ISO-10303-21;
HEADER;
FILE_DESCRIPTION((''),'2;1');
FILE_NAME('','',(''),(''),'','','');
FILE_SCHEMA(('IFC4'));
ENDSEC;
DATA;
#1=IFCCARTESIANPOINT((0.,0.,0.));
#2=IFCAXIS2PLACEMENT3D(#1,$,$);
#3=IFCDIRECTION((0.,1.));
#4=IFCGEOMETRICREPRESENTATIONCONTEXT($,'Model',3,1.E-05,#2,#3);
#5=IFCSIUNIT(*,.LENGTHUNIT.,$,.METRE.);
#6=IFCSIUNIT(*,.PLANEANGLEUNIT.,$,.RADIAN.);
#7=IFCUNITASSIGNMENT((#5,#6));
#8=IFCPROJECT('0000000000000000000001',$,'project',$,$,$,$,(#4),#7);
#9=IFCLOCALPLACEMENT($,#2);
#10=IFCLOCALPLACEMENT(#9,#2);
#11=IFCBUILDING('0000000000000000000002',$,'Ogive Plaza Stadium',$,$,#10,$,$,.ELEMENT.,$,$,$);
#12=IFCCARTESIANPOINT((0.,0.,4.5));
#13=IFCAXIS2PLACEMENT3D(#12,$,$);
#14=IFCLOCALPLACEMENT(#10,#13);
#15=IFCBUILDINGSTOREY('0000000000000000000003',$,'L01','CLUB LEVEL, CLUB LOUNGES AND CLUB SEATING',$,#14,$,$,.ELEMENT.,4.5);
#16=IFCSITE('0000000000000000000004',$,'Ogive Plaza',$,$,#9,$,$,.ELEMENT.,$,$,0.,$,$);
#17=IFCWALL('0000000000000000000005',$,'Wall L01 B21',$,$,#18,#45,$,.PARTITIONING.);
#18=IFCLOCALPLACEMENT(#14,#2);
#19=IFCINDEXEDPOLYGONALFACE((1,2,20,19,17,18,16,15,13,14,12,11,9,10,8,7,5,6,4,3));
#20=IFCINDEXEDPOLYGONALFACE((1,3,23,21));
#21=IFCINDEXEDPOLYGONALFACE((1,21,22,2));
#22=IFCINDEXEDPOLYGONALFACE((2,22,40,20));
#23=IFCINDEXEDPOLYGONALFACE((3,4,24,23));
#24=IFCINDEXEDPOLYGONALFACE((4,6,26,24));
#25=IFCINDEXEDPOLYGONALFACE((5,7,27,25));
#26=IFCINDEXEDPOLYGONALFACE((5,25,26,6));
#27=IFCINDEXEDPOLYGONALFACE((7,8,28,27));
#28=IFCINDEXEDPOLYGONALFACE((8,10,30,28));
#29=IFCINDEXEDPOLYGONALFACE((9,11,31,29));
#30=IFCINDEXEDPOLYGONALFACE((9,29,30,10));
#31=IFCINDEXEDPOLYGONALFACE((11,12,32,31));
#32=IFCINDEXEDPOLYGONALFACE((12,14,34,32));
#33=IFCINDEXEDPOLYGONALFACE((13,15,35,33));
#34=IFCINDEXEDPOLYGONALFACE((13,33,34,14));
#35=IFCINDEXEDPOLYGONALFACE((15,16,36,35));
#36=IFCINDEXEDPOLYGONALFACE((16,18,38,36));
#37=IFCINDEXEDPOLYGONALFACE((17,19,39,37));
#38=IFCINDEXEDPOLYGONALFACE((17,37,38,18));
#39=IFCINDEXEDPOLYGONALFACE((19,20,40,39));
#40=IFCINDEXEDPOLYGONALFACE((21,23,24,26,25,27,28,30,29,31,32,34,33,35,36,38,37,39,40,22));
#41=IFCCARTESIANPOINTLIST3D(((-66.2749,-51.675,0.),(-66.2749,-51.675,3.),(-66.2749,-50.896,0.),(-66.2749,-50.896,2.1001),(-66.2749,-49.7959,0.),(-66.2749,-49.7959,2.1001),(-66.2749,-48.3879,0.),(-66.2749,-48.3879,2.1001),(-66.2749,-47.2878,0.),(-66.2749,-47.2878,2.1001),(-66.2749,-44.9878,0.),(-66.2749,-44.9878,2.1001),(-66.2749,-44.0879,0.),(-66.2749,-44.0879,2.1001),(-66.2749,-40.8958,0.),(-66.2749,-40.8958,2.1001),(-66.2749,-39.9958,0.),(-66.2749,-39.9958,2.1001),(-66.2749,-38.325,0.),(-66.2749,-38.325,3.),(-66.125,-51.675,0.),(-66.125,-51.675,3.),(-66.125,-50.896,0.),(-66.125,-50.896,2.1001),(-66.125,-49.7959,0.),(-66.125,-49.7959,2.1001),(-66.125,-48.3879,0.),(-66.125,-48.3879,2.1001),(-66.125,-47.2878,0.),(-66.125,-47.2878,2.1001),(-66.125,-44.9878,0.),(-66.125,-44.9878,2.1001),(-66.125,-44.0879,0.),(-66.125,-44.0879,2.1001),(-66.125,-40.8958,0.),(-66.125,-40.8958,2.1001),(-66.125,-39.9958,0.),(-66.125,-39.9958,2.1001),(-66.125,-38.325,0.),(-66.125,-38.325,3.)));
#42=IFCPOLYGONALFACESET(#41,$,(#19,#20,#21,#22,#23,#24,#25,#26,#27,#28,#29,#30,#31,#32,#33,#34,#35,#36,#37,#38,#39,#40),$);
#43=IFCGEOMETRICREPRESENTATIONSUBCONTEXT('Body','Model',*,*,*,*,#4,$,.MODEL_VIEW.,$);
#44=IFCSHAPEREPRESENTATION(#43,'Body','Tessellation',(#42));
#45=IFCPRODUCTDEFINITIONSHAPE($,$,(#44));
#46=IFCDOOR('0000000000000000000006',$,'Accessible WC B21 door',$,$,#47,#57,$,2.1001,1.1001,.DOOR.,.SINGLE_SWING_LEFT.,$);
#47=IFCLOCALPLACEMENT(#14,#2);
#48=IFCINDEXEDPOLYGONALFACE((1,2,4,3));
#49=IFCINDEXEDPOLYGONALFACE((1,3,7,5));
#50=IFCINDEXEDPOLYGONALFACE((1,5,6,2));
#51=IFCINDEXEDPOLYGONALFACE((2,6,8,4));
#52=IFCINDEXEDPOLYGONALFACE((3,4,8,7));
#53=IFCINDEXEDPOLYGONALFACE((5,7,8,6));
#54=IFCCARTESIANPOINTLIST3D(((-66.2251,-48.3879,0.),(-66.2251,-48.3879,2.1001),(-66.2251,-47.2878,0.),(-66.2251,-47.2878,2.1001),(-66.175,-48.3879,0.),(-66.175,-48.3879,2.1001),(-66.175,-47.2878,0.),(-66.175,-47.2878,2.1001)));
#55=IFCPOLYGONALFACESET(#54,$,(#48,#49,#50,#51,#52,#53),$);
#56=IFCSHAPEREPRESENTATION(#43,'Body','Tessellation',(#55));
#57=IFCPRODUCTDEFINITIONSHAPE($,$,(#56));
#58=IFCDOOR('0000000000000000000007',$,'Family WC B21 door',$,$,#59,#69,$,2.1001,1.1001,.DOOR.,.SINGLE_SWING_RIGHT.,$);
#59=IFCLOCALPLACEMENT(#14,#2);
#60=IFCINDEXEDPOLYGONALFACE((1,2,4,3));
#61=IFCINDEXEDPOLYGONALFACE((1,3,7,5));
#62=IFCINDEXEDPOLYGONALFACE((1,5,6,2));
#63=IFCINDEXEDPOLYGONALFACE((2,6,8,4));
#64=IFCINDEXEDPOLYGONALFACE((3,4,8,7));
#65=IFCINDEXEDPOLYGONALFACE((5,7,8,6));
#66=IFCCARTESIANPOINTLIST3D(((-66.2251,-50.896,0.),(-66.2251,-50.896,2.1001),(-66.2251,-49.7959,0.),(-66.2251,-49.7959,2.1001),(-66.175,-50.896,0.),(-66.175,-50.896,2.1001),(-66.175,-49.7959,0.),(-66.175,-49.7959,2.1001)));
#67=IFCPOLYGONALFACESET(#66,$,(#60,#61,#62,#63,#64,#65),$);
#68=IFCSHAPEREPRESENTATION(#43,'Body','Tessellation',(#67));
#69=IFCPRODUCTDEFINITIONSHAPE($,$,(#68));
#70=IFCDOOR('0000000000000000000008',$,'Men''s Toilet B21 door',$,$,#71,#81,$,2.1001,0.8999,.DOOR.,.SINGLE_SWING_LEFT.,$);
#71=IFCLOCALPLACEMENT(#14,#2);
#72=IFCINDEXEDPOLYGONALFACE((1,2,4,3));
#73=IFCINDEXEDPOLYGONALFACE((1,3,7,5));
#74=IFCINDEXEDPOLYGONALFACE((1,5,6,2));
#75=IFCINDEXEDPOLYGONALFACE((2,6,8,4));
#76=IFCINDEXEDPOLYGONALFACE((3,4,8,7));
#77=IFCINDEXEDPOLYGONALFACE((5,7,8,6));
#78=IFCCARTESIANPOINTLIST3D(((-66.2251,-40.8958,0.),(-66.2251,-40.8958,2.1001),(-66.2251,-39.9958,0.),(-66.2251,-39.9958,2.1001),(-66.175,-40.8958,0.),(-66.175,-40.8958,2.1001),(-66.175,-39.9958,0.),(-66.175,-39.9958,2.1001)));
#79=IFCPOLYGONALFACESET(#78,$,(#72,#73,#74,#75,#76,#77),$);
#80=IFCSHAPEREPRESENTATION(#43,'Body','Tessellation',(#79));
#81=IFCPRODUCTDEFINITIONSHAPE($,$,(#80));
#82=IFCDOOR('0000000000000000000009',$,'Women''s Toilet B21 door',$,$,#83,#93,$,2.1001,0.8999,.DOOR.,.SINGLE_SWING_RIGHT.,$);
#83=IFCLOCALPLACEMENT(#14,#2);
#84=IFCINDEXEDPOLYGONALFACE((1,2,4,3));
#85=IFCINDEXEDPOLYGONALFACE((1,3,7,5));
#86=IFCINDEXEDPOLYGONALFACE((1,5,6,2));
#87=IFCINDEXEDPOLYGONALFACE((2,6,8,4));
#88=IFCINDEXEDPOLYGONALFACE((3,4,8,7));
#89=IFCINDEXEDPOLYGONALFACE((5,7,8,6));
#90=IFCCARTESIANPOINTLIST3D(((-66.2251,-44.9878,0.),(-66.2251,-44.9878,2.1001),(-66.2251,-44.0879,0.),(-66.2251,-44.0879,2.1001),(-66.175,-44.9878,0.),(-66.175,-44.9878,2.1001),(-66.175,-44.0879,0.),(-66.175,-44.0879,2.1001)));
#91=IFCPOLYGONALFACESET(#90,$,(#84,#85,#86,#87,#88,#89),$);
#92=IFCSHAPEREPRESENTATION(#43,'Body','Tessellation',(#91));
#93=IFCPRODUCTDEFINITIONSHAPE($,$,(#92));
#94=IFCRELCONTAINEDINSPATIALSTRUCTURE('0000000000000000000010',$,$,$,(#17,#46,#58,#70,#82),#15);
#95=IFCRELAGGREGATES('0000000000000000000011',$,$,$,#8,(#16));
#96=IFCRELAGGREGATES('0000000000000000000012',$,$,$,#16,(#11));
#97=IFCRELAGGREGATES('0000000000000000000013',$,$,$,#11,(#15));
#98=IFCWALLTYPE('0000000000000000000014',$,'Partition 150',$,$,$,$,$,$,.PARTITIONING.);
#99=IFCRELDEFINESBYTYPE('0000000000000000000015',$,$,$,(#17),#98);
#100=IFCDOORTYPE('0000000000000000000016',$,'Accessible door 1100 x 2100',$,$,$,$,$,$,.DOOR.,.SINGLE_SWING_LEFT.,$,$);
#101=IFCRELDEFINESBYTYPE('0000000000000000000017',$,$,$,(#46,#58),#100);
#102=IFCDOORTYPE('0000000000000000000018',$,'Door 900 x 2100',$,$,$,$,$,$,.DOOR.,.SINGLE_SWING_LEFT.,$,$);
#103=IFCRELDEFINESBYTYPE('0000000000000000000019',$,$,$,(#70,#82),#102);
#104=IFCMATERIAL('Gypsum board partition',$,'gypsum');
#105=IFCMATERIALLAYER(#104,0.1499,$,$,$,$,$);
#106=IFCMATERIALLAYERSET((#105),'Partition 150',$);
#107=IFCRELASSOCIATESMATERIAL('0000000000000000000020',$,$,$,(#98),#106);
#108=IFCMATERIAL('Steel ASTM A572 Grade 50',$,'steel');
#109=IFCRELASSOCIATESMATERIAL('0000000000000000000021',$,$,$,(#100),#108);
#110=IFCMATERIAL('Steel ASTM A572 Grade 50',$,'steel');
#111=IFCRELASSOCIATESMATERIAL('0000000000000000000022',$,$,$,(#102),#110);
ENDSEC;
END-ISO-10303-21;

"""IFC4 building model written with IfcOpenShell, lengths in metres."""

from ifc_helpers import new_model, si_unit, direction, frame, frame_2d, origin, place, context, subcontext, project, spatial, rectangle, extrude, material, layer, layer_set, type_object, element, fill, save


model = new_model("IFC4")

# Units and contexts
model_context = context("Model", 3, precision=1e-05, world=origin(), true_north=direction((0.0, 1.0)))
body_context = subcontext(model_context, "Body", "Model", "MODEL_VIEW")
ifc_project = project(units=[si_unit("LENGTHUNIT", "METRE"), si_unit("PLANEANGLEUNIT", "RADIAN")], contexts=[model_context])

# Site, building, storey
site_placement = place(None, origin())
site = spatial("IfcSite", under=ifc_project, at=site_placement, Name="Ogive Plaza", CompositionType="ELEMENT", RefElevation=0.0)
building_placement = place(site_placement, origin())
building = spatial("IfcBuilding", under=site, at=building_placement, Name="Ogive Plaza Stadium", CompositionType="ELEMENT")
storey_placement = place(building_placement, frame((0.0, 0.0, 4.5)))
storey = spatial("IfcBuildingStorey", under=building, at=storey_placement, Name="L01", Description="CLUB LEVEL, CLUB LOUNGES AND CLUB SEATING", CompositionType="ELEMENT", Elevation=4.5)

# Wall, openings, doors
ifc_material_1 = material(Name="Gypsum board partition", Category="gypsum")
ifc_layer_1 = layer(ifc_material_1, 0.1499)
ifc_layer_set_1 = layer_set([ifc_layer_1], Name="Partition 150")
wall_type_1 = type_object("IfcWallType", Name="Partition 150", PredefinedType="PARTITIONING", material=ifc_layer_set_1)
wall_1_placement = place(storey_placement, frame((-66.2, -38.325, 0.0), z_axis=(0.0, 0.0, 1.0), x_axis=(0.0, -1.0, 0.0)))
wall_1 = element("IfcWall", 1, at=wall_1_placement, inside=storey, type_object=wall_type_1, Name="Wall L01 B21", PredefinedType="PARTITIONING", context=body_context, shape_type="SweptSolid", body=[
    extrude(rectangle(XDim=13.3501, YDim=0.1499, at=frame_2d((6.675, 0.0))), origin(), (0.0, 0.0, 1.0), 3.0),
])
opening_1_placement = place(wall_1_placement, frame((1.6709, 0.0, 0.0)))
opening_1 = element("IfcOpeningElement", 2, at=opening_1_placement, cuts=wall_1, PredefinedType="OPENING", context=body_context, shape_type="SweptSolid", body=[
    extrude(rectangle(XDim=0.8999, YDim=2.1001, at=frame_2d((0.45, 1.05))), frame((0.0, 0.075, 0.0), z_axis=(0.0, -1.0, 0.0), x_axis=(1.0, 0.0, 0.0)), (0.0, 0.0, 1.0), 0.1499),
])
opening_2_placement = place(wall_1_placement, frame((5.7629, 0.0, 0.0)))
opening_2 = element("IfcOpeningElement", 3, at=opening_2_placement, cuts=wall_1, PredefinedType="OPENING", context=body_context, shape_type="SweptSolid", body=[
    extrude(rectangle(XDim=0.8999, YDim=2.1001, at=frame_2d((0.45, 1.05))), frame((0.0, 0.075, 0.0), z_axis=(0.0, -1.0, 0.0), x_axis=(1.0, 0.0, 0.0)), (0.0, 0.0, 1.0), 0.1499),
])
opening_3_placement = place(wall_1_placement, frame((8.9629, 0.0, 0.0)))
opening_3 = element("IfcOpeningElement", 4, at=opening_3_placement, cuts=wall_1, PredefinedType="OPENING", context=body_context, shape_type="SweptSolid", body=[
    extrude(rectangle(XDim=1.1001, YDim=2.1001, at=frame_2d((0.55, 1.05))), frame((0.0, 0.075, 0.0), z_axis=(0.0, -1.0, 0.0), x_axis=(1.0, 0.0, 0.0)), (0.0, 0.0, 1.0), 0.1499),
])
opening_4_placement = place(wall_1_placement, frame((11.4709, 0.0, 0.0)))
opening_4 = element("IfcOpeningElement", 5, at=opening_4_placement, cuts=wall_1, PredefinedType="OPENING", context=body_context, shape_type="SweptSolid", body=[
    extrude(rectangle(XDim=1.1001, YDim=2.1001, at=frame_2d((0.55, 1.05))), frame((0.0, 0.075, 0.0), z_axis=(0.0, -1.0, 0.0), x_axis=(1.0, 0.0, 0.0)), (0.0, 0.0, 1.0), 0.1499),
])
ifc_material_2 = material(Name="Steel ASTM A572 Grade 50", Category="steel")
door_type_1 = type_object("IfcDoorType", Name="Accessible door 1100 x 2100", OperationType="SINGLE_SWING_LEFT", PredefinedType="DOOR", material=ifc_material_2)
door_1_placement = place(opening_3_placement, origin())
door_1 = element("IfcDoor", 6, at=door_1_placement, inside=storey, type_object=door_type_1, Name="Accessible WC B21 door", OperationType="SINGLE_SWING_LEFT", OverallHeight=2.1001, OverallWidth=1.1001, PredefinedType="DOOR", context=body_context, shape_type="SweptSolid", body=[
    extrude(rectangle(XDim=1.1001, YDim=2.1001, at=frame_2d((0.55, 1.05))), frame((0.0, 0.0249, 0.0), z_axis=(0.0, -1.0, 0.0), x_axis=(1.0, 0.0, 0.0)), (0.0, 0.0, 1.0), 0.05),
])
fill(opening_3, door_1)
door_2_placement = place(opening_4_placement, origin())
door_2 = element("IfcDoor", 7, at=door_2_placement, inside=storey, type_object=door_type_1, Name="Family WC B21 door", OperationType="SINGLE_SWING_RIGHT", OverallHeight=2.1001, OverallWidth=1.1001, PredefinedType="DOOR", context=body_context, shape_type="SweptSolid", body=[
    extrude(rectangle(XDim=1.1001, YDim=2.1001, at=frame_2d((0.55, 1.05))), frame((0.0, 0.0249, 0.0), z_axis=(0.0, -1.0, 0.0), x_axis=(1.0, 0.0, 0.0)), (0.0, 0.0, 1.0), 0.05),
])
fill(opening_4, door_2)
ifc_material_3 = material(Name="Steel ASTM A572 Grade 50", Category="steel")
door_type_2 = type_object("IfcDoorType", Name="Door 900 x 2100", OperationType="SINGLE_SWING_LEFT", PredefinedType="DOOR", material=ifc_material_3)
door_3_placement = place(opening_1_placement, origin())
door_3 = element("IfcDoor", 8, at=door_3_placement, inside=storey, type_object=door_type_2, Name="Men's Toilet B21 door", OperationType="SINGLE_SWING_LEFT", OverallHeight=2.1001, OverallWidth=0.8999, PredefinedType="DOOR", context=body_context, shape_type="SweptSolid", body=[
    extrude(rectangle(XDim=0.8999, YDim=2.1001, at=frame_2d((0.45, 1.05))), frame((0.0, 0.0249, 0.0), z_axis=(0.0, -1.0, 0.0), x_axis=(1.0, 0.0, 0.0)), (0.0, 0.0, 1.0), 0.05),
])
fill(opening_1, door_3)
door_4_placement = place(opening_2_placement, origin())
door_4 = element("IfcDoor", 9, at=door_4_placement, inside=storey, type_object=door_type_2, Name="Women's Toilet B21 door", OperationType="SINGLE_SWING_RIGHT", OverallHeight=2.1001, OverallWidth=0.8999, PredefinedType="DOOR", context=body_context, shape_type="SweptSolid", body=[
    extrude(rectangle(XDim=0.8999, YDim=2.1001, at=frame_2d((0.45, 1.05))), frame((0.0, 0.0249, 0.0), z_axis=(0.0, -1.0, 0.0), x_axis=(1.0, 0.0, 0.0)), (0.0, 0.0, 1.0), 0.05),
])
fill(opening_2, door_4)

save(model, "model.ifc")
